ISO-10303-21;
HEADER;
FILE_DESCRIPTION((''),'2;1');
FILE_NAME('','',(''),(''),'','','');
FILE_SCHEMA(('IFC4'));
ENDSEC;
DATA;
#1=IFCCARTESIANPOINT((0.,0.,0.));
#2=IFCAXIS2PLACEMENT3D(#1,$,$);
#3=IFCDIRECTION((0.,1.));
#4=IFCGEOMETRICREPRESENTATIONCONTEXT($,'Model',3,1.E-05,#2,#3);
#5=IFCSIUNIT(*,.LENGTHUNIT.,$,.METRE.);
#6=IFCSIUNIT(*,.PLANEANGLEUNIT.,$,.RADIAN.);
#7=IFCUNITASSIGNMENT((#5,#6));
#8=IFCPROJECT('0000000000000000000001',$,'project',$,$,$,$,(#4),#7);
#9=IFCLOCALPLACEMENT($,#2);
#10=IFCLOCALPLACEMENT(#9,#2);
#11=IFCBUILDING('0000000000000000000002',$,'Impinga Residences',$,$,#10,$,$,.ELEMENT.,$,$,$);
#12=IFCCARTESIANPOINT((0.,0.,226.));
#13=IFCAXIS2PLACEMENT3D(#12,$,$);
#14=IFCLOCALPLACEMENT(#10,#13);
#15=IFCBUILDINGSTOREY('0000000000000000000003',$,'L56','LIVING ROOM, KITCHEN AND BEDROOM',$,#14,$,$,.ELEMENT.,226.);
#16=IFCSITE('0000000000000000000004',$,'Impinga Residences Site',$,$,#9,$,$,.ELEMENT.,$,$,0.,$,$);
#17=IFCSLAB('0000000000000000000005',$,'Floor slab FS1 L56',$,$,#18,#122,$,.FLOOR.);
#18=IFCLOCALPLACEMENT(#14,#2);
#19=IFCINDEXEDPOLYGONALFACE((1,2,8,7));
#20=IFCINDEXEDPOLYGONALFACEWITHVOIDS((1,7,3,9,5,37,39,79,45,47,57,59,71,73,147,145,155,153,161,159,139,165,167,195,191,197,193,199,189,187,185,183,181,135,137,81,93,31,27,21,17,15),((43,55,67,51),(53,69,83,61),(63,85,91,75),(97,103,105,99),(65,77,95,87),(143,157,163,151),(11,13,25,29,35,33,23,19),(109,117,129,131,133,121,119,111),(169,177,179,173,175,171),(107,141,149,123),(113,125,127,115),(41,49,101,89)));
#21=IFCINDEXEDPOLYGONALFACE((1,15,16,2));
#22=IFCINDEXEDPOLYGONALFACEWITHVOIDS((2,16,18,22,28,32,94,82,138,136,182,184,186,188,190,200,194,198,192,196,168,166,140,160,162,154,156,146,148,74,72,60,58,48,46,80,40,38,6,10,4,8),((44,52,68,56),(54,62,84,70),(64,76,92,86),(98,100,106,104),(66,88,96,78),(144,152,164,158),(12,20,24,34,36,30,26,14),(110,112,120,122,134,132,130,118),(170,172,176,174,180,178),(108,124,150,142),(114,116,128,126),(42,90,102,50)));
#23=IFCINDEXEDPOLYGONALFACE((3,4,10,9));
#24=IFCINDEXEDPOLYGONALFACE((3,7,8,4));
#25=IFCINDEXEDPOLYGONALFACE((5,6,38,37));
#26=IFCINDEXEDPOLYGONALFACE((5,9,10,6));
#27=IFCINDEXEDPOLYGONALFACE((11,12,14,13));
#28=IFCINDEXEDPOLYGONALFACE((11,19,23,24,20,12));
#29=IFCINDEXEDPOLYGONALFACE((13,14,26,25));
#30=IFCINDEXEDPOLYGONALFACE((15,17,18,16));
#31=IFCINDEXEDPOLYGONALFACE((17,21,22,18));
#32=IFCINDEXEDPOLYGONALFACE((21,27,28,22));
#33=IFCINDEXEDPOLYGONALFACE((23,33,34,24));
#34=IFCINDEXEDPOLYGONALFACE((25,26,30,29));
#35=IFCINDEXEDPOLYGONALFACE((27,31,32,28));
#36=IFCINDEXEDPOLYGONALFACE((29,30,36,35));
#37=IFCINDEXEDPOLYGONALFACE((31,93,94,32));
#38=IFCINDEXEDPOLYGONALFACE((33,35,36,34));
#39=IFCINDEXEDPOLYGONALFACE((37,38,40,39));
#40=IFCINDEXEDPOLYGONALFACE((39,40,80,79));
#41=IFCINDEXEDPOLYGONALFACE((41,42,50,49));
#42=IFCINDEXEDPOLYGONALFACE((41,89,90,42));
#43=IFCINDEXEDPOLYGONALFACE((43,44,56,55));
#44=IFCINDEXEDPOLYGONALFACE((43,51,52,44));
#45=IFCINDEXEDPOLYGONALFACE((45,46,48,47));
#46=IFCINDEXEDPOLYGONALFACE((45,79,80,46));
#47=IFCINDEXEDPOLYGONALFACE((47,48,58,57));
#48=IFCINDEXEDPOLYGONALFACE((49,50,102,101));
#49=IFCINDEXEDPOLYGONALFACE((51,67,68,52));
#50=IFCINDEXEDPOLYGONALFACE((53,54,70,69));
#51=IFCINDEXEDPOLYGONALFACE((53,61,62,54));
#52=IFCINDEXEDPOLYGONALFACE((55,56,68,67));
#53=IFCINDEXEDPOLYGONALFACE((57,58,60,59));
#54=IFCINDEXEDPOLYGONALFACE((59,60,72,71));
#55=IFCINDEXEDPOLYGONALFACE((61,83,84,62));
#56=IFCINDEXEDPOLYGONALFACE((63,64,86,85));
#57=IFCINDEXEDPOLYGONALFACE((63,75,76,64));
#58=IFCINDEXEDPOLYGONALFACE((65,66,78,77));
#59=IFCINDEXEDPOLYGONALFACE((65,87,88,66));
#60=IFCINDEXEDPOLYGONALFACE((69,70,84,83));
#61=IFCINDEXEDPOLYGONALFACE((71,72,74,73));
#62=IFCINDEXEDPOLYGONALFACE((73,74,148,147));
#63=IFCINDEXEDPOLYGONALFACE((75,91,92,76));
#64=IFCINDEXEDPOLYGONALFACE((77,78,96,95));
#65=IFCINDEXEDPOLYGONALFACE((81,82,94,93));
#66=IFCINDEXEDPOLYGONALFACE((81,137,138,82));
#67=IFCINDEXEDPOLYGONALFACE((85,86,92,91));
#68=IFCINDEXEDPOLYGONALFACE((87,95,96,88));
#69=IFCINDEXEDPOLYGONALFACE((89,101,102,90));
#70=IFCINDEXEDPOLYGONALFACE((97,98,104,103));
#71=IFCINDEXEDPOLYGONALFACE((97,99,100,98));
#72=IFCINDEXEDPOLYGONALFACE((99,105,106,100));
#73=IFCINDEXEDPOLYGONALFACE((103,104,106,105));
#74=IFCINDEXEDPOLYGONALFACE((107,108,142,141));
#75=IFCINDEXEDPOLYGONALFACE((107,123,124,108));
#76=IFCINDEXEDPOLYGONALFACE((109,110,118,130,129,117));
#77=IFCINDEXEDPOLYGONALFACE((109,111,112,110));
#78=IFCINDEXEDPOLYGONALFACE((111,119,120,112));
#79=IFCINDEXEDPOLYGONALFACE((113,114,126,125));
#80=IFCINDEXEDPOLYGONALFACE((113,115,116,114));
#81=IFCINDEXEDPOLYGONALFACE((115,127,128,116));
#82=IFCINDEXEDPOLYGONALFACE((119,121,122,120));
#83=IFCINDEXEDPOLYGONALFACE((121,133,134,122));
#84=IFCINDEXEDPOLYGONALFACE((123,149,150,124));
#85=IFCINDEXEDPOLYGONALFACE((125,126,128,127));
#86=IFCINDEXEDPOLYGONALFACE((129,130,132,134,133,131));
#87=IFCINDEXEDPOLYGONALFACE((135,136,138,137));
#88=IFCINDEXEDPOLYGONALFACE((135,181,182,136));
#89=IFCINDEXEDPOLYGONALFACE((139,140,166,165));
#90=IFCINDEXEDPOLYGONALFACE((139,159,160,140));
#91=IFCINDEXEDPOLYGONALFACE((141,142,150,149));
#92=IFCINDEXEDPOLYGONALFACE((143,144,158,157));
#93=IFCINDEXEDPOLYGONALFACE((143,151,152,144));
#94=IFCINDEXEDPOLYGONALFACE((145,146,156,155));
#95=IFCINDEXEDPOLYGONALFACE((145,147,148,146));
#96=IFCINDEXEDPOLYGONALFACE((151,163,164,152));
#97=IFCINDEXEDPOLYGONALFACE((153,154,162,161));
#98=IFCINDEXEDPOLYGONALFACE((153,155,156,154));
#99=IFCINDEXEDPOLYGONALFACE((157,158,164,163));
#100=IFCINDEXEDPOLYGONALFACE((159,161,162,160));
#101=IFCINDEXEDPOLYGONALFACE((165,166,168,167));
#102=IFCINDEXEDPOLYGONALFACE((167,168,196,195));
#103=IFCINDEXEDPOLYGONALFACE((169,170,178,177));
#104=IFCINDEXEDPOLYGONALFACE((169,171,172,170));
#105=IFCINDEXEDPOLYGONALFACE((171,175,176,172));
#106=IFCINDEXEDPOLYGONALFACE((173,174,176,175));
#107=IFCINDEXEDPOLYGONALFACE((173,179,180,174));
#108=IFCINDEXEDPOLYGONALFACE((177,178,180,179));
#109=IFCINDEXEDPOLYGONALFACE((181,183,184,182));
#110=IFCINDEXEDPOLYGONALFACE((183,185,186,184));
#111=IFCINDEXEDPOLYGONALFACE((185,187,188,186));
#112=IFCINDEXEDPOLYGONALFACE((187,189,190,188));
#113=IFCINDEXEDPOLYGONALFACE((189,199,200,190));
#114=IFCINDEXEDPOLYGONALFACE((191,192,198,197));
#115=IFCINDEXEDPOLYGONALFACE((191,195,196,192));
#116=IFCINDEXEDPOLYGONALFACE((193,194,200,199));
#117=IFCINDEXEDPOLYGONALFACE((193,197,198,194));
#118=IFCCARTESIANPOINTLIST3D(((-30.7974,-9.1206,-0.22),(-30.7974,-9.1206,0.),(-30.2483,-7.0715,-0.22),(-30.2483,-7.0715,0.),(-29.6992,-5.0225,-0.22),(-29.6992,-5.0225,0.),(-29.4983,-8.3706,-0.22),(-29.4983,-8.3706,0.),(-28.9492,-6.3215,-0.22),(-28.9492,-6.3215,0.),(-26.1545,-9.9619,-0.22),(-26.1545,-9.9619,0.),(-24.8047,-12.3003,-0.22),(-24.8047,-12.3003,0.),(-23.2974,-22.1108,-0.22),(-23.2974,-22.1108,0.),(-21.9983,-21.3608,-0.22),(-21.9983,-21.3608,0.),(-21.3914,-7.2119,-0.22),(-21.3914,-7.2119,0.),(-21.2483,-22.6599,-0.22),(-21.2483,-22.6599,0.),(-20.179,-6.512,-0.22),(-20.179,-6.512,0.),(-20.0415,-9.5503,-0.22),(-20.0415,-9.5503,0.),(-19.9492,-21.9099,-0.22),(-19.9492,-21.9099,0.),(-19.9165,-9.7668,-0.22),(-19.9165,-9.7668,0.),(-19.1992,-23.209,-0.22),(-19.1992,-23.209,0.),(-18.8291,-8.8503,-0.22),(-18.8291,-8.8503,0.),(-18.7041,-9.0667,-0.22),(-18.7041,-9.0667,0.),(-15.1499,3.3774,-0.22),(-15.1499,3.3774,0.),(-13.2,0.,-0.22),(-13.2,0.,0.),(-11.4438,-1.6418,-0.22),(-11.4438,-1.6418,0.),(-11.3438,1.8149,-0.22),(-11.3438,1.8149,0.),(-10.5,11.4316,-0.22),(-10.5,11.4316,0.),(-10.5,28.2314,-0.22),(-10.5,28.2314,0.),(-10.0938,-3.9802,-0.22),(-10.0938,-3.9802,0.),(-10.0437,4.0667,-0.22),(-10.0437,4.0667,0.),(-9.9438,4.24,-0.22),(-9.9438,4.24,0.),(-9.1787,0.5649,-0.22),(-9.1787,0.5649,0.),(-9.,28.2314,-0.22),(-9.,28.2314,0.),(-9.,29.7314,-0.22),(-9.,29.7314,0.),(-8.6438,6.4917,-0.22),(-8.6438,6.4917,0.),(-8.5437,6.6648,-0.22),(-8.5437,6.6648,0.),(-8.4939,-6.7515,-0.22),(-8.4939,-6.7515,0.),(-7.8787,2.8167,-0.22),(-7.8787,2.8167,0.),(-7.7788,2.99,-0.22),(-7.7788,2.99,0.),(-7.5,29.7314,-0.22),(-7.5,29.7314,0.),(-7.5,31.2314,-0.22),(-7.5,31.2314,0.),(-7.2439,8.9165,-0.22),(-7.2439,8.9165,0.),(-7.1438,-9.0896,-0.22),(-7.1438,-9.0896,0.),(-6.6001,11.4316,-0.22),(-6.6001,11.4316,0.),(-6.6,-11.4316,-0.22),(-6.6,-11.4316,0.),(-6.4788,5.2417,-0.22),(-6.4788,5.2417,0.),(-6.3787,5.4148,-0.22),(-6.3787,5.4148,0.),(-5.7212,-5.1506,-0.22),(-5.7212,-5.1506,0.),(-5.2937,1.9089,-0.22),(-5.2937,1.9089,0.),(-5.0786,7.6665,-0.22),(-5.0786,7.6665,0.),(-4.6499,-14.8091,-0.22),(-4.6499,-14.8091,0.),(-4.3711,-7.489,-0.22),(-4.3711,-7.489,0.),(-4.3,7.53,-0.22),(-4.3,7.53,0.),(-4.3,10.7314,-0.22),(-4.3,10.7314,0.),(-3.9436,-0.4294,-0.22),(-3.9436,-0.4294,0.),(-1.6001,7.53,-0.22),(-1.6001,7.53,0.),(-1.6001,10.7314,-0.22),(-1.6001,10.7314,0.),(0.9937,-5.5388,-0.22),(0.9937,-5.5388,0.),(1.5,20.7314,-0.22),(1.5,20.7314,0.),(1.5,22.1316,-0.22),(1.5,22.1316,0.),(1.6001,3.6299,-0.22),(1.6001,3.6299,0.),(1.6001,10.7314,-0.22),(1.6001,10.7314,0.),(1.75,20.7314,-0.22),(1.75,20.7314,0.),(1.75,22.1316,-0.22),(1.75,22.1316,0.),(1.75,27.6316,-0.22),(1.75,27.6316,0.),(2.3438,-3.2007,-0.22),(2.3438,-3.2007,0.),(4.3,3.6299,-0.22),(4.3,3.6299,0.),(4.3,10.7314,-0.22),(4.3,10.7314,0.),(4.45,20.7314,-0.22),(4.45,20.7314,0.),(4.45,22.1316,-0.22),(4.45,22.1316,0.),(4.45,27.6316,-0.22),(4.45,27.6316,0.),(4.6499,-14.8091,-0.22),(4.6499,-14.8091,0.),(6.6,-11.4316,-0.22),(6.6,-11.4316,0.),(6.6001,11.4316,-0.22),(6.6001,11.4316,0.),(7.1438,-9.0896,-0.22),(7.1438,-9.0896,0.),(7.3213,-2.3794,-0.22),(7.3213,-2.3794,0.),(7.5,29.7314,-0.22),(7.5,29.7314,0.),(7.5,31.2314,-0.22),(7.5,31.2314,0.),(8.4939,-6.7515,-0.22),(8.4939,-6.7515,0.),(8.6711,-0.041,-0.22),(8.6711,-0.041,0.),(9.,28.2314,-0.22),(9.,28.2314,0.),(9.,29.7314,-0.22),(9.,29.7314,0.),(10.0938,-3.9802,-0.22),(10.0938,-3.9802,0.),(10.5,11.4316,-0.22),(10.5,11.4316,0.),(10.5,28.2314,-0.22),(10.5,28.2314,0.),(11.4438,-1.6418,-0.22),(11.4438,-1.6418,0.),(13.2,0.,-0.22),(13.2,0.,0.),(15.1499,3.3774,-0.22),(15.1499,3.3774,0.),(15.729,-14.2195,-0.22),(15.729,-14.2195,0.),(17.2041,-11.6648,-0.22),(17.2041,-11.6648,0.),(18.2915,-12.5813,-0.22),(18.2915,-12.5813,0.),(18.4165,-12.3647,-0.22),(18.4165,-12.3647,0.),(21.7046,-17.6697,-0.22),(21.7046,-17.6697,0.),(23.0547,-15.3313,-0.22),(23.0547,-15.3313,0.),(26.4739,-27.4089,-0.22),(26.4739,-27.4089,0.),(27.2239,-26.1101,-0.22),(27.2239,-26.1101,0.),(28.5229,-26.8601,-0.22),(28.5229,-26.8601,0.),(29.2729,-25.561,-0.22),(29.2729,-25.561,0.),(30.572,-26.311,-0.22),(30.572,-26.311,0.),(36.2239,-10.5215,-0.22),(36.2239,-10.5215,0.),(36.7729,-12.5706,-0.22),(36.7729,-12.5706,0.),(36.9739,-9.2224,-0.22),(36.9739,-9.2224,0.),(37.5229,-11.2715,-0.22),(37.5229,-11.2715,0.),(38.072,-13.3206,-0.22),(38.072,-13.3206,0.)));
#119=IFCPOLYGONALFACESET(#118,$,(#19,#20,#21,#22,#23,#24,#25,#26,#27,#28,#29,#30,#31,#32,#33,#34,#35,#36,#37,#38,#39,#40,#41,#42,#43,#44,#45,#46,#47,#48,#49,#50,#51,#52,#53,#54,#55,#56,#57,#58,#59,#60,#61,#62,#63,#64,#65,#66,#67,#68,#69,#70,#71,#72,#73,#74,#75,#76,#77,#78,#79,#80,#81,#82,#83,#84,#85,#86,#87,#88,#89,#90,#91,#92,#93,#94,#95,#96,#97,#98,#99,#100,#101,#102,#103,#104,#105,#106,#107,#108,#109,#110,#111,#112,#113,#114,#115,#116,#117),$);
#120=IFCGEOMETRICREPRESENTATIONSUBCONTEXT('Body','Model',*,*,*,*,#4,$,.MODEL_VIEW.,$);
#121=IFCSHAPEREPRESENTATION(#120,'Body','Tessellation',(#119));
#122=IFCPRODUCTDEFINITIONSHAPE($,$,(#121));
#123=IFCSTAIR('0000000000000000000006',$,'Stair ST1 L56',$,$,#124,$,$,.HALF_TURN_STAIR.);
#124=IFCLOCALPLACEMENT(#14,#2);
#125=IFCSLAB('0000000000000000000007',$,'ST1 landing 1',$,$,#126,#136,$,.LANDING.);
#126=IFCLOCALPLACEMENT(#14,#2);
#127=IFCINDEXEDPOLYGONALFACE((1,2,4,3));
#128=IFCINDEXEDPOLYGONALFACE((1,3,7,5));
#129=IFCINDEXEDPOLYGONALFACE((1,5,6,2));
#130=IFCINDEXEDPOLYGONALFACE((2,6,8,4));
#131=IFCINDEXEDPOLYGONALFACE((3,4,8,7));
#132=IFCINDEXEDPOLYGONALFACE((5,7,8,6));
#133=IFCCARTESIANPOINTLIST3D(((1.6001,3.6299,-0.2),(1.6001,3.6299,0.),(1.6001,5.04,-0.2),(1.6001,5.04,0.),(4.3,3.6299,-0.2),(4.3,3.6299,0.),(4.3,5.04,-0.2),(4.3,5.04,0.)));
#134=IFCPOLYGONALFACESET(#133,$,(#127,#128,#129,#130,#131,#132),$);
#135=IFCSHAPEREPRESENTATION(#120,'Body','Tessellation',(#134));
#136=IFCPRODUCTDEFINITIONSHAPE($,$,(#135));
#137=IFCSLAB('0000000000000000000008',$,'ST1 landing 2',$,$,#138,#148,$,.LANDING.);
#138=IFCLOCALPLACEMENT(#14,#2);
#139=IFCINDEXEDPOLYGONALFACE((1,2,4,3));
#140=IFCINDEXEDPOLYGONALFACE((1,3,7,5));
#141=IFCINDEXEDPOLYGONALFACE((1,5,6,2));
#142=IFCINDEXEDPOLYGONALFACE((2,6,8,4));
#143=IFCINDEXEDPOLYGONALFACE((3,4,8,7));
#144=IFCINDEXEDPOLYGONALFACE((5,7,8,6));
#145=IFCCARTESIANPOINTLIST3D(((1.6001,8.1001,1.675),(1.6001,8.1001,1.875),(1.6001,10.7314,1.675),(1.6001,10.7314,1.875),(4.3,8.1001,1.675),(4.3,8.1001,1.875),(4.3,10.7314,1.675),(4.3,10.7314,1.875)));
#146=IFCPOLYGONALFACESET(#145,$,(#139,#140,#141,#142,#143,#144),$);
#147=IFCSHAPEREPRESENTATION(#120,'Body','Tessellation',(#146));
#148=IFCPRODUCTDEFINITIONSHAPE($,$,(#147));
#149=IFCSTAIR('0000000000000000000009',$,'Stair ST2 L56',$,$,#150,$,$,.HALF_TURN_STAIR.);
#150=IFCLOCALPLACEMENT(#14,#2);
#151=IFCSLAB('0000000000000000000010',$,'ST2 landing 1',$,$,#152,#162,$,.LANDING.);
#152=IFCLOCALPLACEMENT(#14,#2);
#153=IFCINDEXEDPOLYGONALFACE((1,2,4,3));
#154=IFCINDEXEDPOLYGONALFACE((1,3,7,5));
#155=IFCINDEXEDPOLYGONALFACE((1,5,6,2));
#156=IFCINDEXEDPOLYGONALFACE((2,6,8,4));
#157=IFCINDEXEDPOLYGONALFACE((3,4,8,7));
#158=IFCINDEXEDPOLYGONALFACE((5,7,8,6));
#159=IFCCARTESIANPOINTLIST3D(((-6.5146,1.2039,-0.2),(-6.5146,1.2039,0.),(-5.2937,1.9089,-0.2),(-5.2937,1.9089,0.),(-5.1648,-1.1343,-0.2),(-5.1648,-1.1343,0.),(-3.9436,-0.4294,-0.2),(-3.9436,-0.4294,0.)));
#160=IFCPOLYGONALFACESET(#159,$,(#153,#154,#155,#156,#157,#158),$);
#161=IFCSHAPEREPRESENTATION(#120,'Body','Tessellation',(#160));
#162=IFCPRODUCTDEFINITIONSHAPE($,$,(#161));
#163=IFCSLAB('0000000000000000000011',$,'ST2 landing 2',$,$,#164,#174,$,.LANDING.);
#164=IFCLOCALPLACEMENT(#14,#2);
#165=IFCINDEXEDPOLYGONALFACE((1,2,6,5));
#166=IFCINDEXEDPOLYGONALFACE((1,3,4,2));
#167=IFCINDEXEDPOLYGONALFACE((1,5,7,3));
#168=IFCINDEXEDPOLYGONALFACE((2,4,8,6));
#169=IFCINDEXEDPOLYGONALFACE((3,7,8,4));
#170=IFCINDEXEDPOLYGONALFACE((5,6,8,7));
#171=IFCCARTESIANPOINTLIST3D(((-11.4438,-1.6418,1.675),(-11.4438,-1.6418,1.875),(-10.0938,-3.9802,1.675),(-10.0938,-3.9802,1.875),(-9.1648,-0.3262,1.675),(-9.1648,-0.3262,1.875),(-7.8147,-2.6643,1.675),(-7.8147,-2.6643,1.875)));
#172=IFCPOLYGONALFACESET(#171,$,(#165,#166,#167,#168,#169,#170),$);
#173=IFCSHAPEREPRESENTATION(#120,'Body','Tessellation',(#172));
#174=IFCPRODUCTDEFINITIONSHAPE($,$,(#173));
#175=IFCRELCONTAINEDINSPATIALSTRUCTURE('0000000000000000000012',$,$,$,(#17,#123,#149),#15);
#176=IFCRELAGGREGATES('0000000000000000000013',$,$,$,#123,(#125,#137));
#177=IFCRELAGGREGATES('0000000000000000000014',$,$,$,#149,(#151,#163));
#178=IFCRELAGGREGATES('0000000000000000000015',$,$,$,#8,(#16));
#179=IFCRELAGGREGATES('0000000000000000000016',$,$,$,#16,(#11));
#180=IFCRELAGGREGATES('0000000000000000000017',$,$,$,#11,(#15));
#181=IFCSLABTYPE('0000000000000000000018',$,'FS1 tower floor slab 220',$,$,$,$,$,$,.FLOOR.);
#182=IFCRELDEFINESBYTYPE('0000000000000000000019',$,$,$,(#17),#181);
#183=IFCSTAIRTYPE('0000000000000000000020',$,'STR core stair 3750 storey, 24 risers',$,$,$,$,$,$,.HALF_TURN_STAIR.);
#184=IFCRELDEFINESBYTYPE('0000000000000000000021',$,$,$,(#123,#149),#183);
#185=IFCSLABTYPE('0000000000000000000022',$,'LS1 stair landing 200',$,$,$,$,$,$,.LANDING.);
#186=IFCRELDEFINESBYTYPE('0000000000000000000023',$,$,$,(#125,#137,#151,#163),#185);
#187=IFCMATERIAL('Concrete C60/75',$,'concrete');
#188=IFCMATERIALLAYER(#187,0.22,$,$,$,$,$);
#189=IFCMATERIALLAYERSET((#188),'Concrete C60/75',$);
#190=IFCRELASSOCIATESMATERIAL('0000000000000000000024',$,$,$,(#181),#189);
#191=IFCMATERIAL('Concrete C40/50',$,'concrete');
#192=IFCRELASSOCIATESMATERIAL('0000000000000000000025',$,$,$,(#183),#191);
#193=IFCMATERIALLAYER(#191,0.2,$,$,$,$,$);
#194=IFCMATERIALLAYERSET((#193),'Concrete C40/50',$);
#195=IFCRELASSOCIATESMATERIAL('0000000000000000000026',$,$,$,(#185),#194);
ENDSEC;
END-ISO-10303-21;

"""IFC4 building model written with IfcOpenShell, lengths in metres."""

from ifc_helpers import new_model, si_unit, direction, frame, origin, place, context, subcontext, project, spatial, polyline, outline, extrude, material, layer, layer_set, type_object, element, aggregate, save


model = new_model("IFC4")

# Units and contexts
model_context = context("Model", 3, precision=1e-05, world=origin(), true_north=direction((0.0, 1.0)))
body_context = subcontext(model_context, "Body", "Model", "MODEL_VIEW")
ifc_project = project(units=[si_unit("LENGTHUNIT", "METRE"), si_unit("PLANEANGLEUNIT", "RADIAN")], contexts=[model_context])

# Site, building, storey
site_placement = place(None, origin())
site = spatial("IfcSite", under=ifc_project, at=site_placement, Name="Impinga Residences Site", CompositionType="ELEMENT", RefElevation=0.0)
building_placement = place(site_placement, origin())
building = spatial("IfcBuilding", under=site, at=building_placement, Name="Impinga Residences", CompositionType="ELEMENT")
storey_placement = place(building_placement, frame((0.0, 0.0, 226.0)))
storey = spatial("IfcBuildingStorey", under=building, at=storey_placement, Name="L56", Description="LIVING ROOM, KITCHEN AND BEDROOM", CompositionType="ELEMENT", Elevation=226.0)

# Slab
ifc_material_1 = material(Name="Concrete C60/75", Category="concrete")
ifc_layer_1 = layer(ifc_material_1, 0.22)
ifc_layer_set_1 = layer_set([ifc_layer_1], Name="Concrete C60/75")
slab_type_1 = type_object("IfcSlabType", Name="FS1 tower floor slab 220", PredefinedType="FLOOR", material=ifc_layer_set_1)
slab_1_placement = place(storey_placement, frame((0.0, 0.0, -0.22)))
element("IfcSlab", 1, at=slab_1_placement, inside=storey, type_object=slab_type_1, Name="Floor slab FS1 L56", PredefinedType="FLOOR", context=body_context, shape_type="SweptSolid", body=[
    extrude(outline(polyline([(36.2239, -10.5215), (37.5229, -11.2715), (36.7729, -12.5706), (38.072, -13.3206), (30.572, -26.311), (29.2729, -25.561), (28.5229, -26.8601), (27.2239, -26.1101), (26.4739, -27.4089), (4.6499, -14.8091), (9.9001, -5.7158), (6.6001, -11.4316), (-6.6001, -11.4316), (-9.9001, -5.7158), (-4.6499, -14.8091), (-19.1992, -23.209), (-19.9492, -21.9099), (-21.2483, -22.6599), (-21.9983, -21.3608), (-23.2974, -22.1108), (-30.7974, -9.1206), (-29.4983, -8.3706), (-30.2483, -7.0715), (-28.9492, -6.3215), (-29.6992, -5.0225), (-15.1499, 3.3774), (-13.2, 0.0), (-6.6001, 11.4316), (-10.5, 11.4316), (-10.5, 28.2314), (-9.0, 28.2314), (-9.0, 29.7314), (-7.5, 29.7314), (-7.5, 31.2314), (7.5, 31.2314), (7.5, 29.7314), (9.0, 29.7314), (9.0, 28.2314), (10.5, 28.2314), (10.5, 11.4316), (6.6001, 11.4316), (13.2, 0.0), (15.1499, 3.3774), (36.9739, -9.2224), (36.2239, -10.5215)]), holes=[polyline([(-18.7041, -9.0667), (-18.8291, -8.8503), (-18.8291, -8.8503), (-20.179, -6.512), (-21.3914, -7.2119), (-21.3914, -7.2119), (-26.1545, -9.9619), (-24.8047, -12.3003), (-20.0415, -9.5503), (-19.9165, -9.7668), (-18.7041, -9.0667)]), polyline([(-5.7212, -5.1506), (-8.4939, -6.7515), (-7.1438, -9.0896), (-4.3711, -7.489), (-5.7212, -5.1506)]), polyline([(-5.2937, 1.9089), (-11.4438, -1.6418), (-10.0938, -3.9802), (-3.9436, -0.4294), (-5.2937, 1.9089)]), polyline([(-7.8787, 2.8167), (-10.0437, 4.0667), (-11.3438, 1.8149), (-9.1787, 0.5649), (-7.8787, 2.8167)]), polyline([(-6.4788, 5.2417), (-8.6438, 6.4917), (-9.9438, 4.24), (-7.7788, 2.99), (-6.4788, 5.2417)]), polyline([(-6.3787, 5.4148), (-5.0786, 7.6665), (-7.2439, 8.9165), (-8.5437, 6.6648), (-6.3787, 5.4148)]), polyline([(-4.3, 7.53), (-1.6001, 7.53), (-1.6001, 10.7314), (-4.3, 10.7314), (-4.3, 7.53)]), polyline([(15.729, -14.2195), (21.7046, -17.6697), (23.0547, -15.3313), (18.2915, -12.5813), (18.4165, -12.3647), (17.2041, -11.6648), (15.729, -14.2195)]), polyline([(0.9937, -5.5388), (7.1438, -9.0896), (8.4939, -6.7515), (2.3438, -3.2007), (0.9937, -5.5388)]), polyline([(7.3213, -2.3794), (10.0938, -3.9802), (11.4438, -1.6418), (8.6711, -0.041), (7.3213, -2.3794)]), polyline([(4.3, 3.6299), (4.3, 10.7314), (1.6001, 10.7314), (1.6001, 3.6299), (4.3, 3.6299)]), polyline([(1.75, 22.1316), (1.5, 22.1316), (1.5, 20.7314), (1.75, 20.7314), (4.45, 20.7314), (4.45, 22.1316), (4.45, 27.6316), (1.75, 27.6316), (1.75, 22.1316)])]), origin(), (0.0, 0.0, 1.0), 0.22),
])

# Stairs, slabs
ifc_material_2 = material(Name="Concrete C40/50", Category="concrete")
stair_type_1 = type_object("IfcStairType", Name="STR core stair 3750 storey, 24 risers", PredefinedType="HALF_TURN_STAIR", material=ifc_material_2)
stair_1_placement = place(storey_placement, origin())
stair_1 = element("IfcStair", 2, at=stair_1_placement, inside=storey, type_object=stair_type_1, Name="Stair ST1 L56", PredefinedType="HALF_TURN_STAIR")
ifc_layer_2 = layer(ifc_material_2, 0.2)
ifc_layer_set_2 = layer_set([ifc_layer_2], Name="Concrete C40/50")
slab_type_2 = type_object("IfcSlabType", Name="LS1 stair landing 200", PredefinedType="LANDING", material=ifc_layer_set_2)
slab_2_placement = place(storey_placement, frame((0.0, 0.0, -0.2)))
slab_2 = element("IfcSlab", 3, at=slab_2_placement, type_object=slab_type_2, Name="ST1 landing 1", PredefinedType="LANDING", context=body_context, shape_type="SweptSolid", body=[
    extrude(outline(polyline([(1.6001, 3.6299), (4.3, 3.6299), (4.3, 5.04), (1.6001, 5.04), (1.6001, 3.6299)])), origin(), (0.0, 0.0, 1.0), 0.2),
])
slab_3_placement = place(storey_placement, frame((0.0, 0.0, 1.675)))
slab_3 = element("IfcSlab", 4, at=slab_3_placement, type_object=slab_type_2, Name="ST1 landing 2", PredefinedType="LANDING", context=body_context, shape_type="SweptSolid", body=[
    extrude(outline(polyline([(1.6001, 8.1001), (4.3, 8.1001), (4.3, 10.7314), (1.6001, 10.7314), (1.6001, 8.1001)])), origin(), (0.0, 0.0, 1.0), 0.2),
])
aggregate(stair_1, [slab_2, slab_3])
stair_2_placement = place(storey_placement, origin())
stair_2 = element("IfcStair", 5, at=stair_2_placement, inside=storey, type_object=stair_type_1, Name="Stair ST2 L56", PredefinedType="HALF_TURN_STAIR")
slab_4_placement = place(storey_placement, frame((0.0, 0.0, -0.2)))
slab_4 = element("IfcSlab", 6, at=slab_4_placement, type_object=slab_type_2, Name="ST2 landing 1", PredefinedType="LANDING", context=body_context, shape_type="SweptSolid", body=[
    extrude(outline(polyline([(-3.9436, -0.4294), (-5.2937, 1.9089), (-6.5146, 1.2039), (-5.1648, -1.1343), (-3.9436, -0.4294)])), origin(), (0.0, 0.0, 1.0), 0.2),
])
slab_5_placement = place(storey_placement, frame((0.0, 0.0, 1.675)))
slab_5 = element("IfcSlab", 7, at=slab_5_placement, type_object=slab_type_2, Name="ST2 landing 2", PredefinedType="LANDING", context=body_context, shape_type="SweptSolid", body=[
    extrude(outline(polyline([(-7.8147, -2.6643), (-9.1648, -0.3262), (-11.4438, -1.6418), (-10.0938, -3.9802), (-7.8147, -2.6643)])), origin(), (0.0, 0.0, 1.0), 0.2),
])
aggregate(stair_2, [slab_4, slab_5])

save(model, "model.ifc")
